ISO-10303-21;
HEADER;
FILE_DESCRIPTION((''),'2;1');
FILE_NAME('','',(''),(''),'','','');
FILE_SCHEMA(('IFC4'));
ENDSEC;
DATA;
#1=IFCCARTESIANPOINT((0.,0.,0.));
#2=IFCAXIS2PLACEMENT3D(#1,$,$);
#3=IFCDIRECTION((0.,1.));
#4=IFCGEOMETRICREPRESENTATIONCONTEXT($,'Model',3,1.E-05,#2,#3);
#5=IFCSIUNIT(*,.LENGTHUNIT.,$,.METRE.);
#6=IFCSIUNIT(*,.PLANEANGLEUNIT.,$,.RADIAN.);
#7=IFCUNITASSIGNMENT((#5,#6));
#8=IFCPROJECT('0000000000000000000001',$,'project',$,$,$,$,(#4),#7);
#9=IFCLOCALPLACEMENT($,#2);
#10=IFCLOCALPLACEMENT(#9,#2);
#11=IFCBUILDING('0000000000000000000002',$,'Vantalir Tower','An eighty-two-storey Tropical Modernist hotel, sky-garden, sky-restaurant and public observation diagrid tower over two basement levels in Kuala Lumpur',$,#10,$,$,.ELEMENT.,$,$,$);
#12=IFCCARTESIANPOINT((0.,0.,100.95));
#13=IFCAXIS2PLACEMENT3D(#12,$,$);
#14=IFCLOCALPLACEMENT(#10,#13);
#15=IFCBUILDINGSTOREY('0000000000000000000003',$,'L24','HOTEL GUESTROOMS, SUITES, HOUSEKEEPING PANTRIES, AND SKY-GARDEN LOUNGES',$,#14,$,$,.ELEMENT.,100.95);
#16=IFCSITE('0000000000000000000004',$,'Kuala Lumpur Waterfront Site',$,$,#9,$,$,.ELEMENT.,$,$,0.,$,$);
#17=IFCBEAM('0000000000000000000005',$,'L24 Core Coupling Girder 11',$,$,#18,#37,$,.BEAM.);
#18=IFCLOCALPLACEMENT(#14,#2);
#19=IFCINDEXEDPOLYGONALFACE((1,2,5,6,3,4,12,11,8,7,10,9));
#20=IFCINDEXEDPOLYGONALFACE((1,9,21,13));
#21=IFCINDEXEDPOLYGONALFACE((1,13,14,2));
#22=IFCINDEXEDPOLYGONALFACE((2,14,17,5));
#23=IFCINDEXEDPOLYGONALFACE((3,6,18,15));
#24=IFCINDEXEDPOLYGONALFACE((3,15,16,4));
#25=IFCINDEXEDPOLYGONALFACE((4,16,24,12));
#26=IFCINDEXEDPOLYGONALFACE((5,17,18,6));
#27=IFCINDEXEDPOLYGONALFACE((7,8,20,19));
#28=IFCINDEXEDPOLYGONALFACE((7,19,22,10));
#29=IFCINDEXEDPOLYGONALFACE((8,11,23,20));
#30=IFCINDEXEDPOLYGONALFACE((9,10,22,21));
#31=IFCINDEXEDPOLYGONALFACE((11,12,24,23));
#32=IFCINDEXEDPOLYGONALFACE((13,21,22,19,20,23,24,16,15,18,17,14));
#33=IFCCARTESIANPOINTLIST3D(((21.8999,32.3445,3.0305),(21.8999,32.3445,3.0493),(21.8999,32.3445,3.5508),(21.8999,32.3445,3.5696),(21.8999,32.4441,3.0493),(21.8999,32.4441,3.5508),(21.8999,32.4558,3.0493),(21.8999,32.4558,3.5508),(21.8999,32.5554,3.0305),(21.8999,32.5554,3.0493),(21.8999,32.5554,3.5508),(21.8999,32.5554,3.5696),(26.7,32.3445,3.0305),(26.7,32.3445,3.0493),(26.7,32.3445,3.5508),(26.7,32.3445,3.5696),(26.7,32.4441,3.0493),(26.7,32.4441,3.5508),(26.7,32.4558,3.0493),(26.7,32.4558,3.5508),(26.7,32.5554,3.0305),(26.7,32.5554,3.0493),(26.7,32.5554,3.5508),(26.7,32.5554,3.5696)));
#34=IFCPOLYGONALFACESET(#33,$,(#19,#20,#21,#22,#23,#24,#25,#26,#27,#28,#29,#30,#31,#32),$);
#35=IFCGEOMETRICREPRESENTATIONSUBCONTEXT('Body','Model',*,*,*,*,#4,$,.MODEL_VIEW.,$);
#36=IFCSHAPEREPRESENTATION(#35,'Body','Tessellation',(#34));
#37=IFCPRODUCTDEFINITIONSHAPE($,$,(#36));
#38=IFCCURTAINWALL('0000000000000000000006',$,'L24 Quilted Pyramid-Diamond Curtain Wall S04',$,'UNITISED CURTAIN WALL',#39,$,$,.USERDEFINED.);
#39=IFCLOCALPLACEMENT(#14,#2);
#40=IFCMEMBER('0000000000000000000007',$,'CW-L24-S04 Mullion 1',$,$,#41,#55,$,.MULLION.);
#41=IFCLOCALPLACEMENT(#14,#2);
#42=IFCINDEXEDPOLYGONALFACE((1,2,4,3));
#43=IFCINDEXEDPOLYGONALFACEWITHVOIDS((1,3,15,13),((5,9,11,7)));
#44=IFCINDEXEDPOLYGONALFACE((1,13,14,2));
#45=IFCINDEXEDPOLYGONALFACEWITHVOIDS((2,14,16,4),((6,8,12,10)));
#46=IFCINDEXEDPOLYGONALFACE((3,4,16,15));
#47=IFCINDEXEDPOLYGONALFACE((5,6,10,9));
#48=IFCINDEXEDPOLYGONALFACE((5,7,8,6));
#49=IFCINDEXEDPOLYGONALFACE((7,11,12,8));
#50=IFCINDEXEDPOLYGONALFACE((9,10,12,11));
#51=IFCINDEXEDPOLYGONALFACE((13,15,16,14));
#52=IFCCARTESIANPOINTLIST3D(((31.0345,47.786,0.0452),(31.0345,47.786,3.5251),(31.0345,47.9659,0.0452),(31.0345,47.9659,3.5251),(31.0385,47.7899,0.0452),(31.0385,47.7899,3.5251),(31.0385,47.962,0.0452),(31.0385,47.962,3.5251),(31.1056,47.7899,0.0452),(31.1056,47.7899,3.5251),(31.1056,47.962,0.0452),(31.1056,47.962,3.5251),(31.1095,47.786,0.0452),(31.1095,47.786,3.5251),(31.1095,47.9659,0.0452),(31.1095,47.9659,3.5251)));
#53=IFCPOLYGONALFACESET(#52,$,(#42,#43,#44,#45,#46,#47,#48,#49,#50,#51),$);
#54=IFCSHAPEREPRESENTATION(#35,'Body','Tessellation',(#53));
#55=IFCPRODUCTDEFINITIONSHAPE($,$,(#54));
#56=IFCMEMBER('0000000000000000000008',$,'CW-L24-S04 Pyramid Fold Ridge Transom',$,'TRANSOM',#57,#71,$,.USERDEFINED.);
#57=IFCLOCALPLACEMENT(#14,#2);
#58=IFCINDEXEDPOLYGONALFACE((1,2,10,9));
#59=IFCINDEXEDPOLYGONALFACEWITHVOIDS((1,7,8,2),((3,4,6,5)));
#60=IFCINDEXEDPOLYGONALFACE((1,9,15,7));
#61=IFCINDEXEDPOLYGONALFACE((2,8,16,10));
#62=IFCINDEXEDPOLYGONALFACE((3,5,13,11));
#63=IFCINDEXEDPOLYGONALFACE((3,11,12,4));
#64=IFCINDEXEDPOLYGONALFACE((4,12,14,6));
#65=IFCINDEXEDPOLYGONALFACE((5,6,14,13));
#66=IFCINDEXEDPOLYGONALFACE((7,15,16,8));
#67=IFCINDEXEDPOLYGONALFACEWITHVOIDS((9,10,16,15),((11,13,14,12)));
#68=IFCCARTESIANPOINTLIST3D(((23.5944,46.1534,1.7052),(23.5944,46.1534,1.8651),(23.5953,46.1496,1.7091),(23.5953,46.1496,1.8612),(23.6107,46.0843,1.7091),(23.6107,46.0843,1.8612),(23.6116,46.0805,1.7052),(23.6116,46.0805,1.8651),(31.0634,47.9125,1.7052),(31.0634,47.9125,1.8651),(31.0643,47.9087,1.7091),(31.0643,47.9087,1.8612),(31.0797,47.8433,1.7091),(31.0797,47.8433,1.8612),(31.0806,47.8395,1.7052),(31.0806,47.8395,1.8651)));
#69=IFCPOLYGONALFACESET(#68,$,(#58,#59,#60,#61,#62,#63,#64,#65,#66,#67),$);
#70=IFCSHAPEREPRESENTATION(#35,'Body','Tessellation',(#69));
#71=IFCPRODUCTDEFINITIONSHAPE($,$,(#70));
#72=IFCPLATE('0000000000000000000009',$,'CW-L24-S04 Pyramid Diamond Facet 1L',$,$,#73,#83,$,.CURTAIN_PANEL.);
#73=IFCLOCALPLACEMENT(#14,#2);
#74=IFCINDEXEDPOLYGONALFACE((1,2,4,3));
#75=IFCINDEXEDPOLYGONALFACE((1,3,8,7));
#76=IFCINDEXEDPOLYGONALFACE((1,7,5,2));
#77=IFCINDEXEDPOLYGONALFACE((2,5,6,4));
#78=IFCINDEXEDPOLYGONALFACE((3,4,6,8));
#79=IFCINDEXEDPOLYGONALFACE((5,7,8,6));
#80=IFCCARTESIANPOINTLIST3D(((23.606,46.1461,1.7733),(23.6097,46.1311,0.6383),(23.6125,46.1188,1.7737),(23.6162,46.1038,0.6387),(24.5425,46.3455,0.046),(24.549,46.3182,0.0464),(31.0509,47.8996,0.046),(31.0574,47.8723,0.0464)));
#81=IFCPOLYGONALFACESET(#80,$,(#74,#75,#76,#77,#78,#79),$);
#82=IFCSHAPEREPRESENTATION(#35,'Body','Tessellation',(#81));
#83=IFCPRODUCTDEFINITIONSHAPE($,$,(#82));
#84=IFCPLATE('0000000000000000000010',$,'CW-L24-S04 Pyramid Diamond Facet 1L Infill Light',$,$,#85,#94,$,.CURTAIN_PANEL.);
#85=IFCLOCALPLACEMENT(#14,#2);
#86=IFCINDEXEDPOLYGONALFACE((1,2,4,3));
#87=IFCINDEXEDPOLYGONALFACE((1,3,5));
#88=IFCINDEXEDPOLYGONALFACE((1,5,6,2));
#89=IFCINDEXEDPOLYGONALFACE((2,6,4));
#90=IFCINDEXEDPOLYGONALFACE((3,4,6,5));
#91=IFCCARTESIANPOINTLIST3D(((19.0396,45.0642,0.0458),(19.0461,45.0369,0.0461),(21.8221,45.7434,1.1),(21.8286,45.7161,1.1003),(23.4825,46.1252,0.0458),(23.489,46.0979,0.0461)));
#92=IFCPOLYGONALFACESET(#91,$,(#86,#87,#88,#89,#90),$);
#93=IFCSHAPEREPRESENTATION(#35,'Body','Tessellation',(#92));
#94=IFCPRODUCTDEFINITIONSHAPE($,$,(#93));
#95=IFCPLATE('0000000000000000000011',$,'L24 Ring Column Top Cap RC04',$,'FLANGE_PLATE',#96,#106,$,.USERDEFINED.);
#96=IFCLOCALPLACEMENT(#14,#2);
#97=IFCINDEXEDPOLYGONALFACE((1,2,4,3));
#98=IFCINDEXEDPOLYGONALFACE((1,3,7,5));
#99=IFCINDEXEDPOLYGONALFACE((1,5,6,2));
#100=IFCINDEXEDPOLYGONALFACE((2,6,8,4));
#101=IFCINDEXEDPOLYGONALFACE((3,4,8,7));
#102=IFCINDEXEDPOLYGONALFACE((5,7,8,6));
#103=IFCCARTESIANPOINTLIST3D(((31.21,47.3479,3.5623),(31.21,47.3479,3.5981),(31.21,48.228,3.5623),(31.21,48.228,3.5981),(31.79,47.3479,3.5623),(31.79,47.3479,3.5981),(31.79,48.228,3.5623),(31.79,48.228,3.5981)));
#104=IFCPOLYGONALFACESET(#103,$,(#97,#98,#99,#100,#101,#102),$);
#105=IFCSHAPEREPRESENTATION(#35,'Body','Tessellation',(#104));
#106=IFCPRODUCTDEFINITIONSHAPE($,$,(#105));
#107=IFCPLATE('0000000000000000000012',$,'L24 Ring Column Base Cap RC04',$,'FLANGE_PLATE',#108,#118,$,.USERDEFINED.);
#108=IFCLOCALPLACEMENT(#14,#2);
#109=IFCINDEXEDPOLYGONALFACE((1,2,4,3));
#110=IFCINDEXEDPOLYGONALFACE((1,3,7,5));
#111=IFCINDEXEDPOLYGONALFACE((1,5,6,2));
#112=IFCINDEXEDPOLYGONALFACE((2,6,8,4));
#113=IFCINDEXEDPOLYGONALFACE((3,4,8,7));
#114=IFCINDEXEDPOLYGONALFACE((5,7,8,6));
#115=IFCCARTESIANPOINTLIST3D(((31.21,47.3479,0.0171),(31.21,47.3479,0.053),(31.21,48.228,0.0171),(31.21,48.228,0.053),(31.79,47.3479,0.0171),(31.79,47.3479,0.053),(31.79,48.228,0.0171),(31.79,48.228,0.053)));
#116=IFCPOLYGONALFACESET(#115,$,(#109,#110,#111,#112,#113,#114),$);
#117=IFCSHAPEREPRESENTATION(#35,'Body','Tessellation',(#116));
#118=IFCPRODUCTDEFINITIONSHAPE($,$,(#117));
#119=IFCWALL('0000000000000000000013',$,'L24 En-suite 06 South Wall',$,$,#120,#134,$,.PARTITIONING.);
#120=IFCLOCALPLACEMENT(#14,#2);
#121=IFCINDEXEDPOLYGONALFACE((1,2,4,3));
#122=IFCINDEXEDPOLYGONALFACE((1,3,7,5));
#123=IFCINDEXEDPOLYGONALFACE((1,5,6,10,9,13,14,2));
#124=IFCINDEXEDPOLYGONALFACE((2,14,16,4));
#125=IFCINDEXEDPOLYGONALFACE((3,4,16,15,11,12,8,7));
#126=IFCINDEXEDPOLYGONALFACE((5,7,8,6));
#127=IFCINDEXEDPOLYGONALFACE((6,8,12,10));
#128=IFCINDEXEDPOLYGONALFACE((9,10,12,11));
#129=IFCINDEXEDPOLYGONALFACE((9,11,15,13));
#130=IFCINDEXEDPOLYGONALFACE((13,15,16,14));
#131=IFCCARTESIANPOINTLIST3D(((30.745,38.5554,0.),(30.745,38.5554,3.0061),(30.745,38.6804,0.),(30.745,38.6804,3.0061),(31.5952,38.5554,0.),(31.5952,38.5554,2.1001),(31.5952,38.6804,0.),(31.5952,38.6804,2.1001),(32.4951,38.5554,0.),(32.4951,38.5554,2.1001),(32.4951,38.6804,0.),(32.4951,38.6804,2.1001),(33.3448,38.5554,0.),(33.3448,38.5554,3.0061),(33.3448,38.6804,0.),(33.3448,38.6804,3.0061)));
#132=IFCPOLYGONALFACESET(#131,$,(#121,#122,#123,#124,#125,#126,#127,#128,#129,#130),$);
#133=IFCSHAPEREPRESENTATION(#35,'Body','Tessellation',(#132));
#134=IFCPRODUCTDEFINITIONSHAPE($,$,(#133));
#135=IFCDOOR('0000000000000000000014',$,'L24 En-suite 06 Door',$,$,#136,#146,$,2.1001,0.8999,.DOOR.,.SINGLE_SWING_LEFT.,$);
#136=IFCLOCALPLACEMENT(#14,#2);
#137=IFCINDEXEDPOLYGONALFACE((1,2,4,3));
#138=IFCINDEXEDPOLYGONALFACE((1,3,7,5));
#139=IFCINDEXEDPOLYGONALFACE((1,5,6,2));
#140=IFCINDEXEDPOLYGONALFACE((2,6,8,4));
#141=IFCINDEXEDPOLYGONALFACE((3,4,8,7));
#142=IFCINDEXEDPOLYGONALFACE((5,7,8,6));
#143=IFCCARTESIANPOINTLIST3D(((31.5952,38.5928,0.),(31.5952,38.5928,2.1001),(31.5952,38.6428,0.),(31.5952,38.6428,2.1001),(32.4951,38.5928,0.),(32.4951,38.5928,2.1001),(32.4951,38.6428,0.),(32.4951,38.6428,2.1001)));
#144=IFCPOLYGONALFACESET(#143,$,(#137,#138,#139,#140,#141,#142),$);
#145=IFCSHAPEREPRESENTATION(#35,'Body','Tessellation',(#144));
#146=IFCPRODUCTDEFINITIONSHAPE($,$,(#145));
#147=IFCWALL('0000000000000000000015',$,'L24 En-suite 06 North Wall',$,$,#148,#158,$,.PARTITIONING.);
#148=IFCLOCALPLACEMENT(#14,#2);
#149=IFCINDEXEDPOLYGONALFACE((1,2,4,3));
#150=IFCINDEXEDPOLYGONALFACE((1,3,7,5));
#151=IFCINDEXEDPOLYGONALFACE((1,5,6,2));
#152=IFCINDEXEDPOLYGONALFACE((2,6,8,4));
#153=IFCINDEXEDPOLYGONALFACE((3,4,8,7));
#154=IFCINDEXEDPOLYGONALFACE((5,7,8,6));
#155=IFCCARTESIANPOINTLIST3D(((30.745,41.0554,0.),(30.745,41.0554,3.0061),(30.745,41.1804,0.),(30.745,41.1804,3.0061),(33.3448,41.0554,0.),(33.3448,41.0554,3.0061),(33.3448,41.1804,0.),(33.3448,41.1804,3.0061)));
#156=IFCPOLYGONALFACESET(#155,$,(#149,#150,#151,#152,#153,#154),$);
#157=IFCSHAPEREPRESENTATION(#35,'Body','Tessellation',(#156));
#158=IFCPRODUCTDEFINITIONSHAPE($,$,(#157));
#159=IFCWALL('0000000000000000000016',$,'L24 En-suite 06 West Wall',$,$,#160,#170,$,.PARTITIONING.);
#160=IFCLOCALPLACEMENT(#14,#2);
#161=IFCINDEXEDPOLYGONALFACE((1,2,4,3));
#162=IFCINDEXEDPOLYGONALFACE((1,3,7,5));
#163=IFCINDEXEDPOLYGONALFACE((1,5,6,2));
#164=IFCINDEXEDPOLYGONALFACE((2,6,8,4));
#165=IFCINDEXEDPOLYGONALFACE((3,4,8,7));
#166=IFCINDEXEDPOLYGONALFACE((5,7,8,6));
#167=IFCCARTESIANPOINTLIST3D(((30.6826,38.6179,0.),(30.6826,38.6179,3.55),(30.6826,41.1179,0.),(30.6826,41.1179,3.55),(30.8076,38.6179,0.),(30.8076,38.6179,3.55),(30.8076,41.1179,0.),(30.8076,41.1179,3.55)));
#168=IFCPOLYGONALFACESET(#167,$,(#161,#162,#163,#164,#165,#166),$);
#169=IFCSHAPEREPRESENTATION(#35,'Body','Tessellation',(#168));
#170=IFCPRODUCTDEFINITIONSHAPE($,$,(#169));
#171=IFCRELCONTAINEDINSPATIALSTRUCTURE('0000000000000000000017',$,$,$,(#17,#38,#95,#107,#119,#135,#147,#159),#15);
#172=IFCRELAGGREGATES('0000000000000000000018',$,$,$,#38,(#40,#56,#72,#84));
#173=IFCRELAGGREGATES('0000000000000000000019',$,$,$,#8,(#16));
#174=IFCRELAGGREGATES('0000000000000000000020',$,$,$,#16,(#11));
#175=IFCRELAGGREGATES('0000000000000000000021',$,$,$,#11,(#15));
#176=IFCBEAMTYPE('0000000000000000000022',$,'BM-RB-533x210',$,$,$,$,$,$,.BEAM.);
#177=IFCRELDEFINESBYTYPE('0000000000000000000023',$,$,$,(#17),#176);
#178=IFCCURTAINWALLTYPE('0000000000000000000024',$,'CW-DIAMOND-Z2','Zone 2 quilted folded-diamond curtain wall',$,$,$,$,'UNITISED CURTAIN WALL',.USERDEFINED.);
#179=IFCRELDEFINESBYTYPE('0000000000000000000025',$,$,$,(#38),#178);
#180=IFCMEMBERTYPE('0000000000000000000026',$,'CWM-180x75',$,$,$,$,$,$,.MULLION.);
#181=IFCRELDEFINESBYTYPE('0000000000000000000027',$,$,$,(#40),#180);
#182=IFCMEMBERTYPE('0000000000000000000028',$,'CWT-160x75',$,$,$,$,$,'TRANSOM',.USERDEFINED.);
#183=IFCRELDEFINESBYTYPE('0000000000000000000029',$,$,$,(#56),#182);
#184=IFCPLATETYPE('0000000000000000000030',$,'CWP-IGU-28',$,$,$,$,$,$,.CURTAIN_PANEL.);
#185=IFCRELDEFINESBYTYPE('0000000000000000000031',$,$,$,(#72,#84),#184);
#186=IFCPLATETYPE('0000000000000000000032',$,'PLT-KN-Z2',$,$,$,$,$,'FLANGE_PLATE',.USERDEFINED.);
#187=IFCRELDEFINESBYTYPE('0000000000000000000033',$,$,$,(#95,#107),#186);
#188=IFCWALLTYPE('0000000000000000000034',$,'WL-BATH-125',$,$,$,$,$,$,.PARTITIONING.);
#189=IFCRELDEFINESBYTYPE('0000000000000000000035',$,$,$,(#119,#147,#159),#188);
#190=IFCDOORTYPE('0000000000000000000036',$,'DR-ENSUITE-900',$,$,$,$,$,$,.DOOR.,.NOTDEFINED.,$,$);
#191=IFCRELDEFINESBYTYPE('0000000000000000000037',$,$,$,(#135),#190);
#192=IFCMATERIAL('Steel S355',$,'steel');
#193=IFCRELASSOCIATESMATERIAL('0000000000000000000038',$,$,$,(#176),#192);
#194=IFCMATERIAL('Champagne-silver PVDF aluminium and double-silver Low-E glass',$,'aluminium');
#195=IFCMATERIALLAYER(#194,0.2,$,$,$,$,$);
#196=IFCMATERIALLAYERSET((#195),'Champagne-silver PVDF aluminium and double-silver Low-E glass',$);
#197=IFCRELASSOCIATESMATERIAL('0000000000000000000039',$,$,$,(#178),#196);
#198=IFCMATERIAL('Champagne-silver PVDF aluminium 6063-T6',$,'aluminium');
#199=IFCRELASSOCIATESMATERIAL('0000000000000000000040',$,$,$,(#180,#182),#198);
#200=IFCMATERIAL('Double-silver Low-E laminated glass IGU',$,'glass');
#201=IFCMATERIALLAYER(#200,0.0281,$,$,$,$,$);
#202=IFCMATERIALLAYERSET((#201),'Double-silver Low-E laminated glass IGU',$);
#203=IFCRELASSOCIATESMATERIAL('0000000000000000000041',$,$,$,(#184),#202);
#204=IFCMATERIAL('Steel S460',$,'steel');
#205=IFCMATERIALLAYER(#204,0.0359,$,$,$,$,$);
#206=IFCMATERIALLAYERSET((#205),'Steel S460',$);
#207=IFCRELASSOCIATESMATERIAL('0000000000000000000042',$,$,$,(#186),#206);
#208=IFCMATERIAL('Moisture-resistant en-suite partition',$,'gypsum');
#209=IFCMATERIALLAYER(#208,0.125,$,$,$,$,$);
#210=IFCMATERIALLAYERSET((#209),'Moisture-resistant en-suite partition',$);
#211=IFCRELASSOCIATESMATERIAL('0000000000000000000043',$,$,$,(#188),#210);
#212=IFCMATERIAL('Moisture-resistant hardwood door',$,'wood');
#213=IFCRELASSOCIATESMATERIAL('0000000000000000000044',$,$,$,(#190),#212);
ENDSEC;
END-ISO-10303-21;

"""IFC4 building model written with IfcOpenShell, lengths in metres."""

from ifc_helpers import new_model, si_unit, direction, frame, frame_2d, origin, origin_2d, place, context, subcontext, project, spatial, polyline, rectangle, hollow_rectangle, i_section, outline, extrude, material, layer, layer_set, material_profile, profile_set, type_object, element, fill, aggregate, save


model = new_model("IFC4")

# Units and contexts
model_context = context("Model", 3, precision=1e-05, world=origin(), true_north=direction((0.0, 1.0)))
body_context = subcontext(model_context, "Body", "Model", "MODEL_VIEW")
ifc_project = project(units=[si_unit("LENGTHUNIT", "METRE"), si_unit("PLANEANGLEUNIT", "RADIAN")], contexts=[model_context])

# Site, building, storey
site_placement = place(None, origin())
site = spatial("IfcSite", under=ifc_project, at=site_placement, Name="Kuala Lumpur Waterfront Site", CompositionType="ELEMENT", RefElevation=0.0)
building_placement = place(site_placement, origin())
building = spatial("IfcBuilding", under=site, at=building_placement, Name="Vantalir Tower", Description="An eighty-two-storey Tropical Modernist hotel, sky-garden, sky-restaurant and public observation diagrid tower over two basement levels in Kuala Lumpur", CompositionType="ELEMENT")
storey_placement = place(building_placement, frame((0.0, 0.0, 100.95)))
storey = spatial("IfcBuildingStorey", under=building, at=storey_placement, Name="L24", Description="HOTEL GUESTROOMS, SUITES, HOUSEKEEPING PANTRIES, AND SKY-GARDEN LOUNGES", CompositionType="ELEMENT", Elevation=100.95)

# Beam
ifc_material_1 = material(Name="Steel S355", Category="steel")
ifc_material_profile_1 = material_profile(ifc_material_1, i_section(OverallWidth=0.2109, OverallDepth=0.5391, WebThickness=0.0117, FlangeThickness=0.0188, at=origin_2d()), Name="Steel S355")
ifc_profile_set_1 = profile_set([ifc_material_profile_1], Name="Steel S355")
beam_type = type_object("IfcBeamType", Name="BM-RB-533x210", PredefinedType="BEAM", material=ifc_profile_set_1)
beam_placement = place(storey_placement, frame((26.7, 32.45, 3.3), z_axis=(-1.0, 0.0, 0.0), x_axis=(0.0, -1.0, 0.0)))
element("IfcBeam", 1, at=beam_placement, inside=storey, type_object=beam_type, Name="L24 Core Coupling Girder 11", PredefinedType="BEAM", context=body_context, shape_type="SweptSolid", body=[
    extrude(i_section(OverallWidth=0.2109, OverallDepth=0.5391, WebThickness=0.0117, FlangeThickness=0.0188, at=origin_2d()), origin(), (0.0, 0.0, 1.0), 4.8),
])

# Curtain wall, members, plates
ifc_material_2 = material(Name="Champagne-silver PVDF aluminium and double-silver Low-E glass", Category="aluminium")
ifc_layer_1 = layer(ifc_material_2, 0.2)
ifc_layer_set_1 = layer_set([ifc_layer_1], Name="Champagne-silver PVDF aluminium and double-silver Low-E glass")
curtain_wall_type = type_object("IfcCurtainWallType", Name="CW-DIAMOND-Z2", Description="Zone 2 quilted folded-diamond curtain wall", ElementType="UNITISED CURTAIN WALL", PredefinedType="USERDEFINED", material=ifc_layer_set_1)
curtain_wall_placement = place(storey_placement, origin())
curtain_wall = element("IfcCurtainWall", 2, at=curtain_wall_placement, inside=storey, type_object=curtain_wall_type, Name="L24 Quilted Pyramid-Diamond Curtain Wall S04", ObjectType="UNITISED CURTAIN WALL", PredefinedType="USERDEFINED")
ifc_material_3 = material(Name="Champagne-silver PVDF aluminium 6063-T6", Category="aluminium")
ifc_material_profile_2 = material_profile(ifc_material_3, hollow_rectangle(XDim=0.075, YDim=0.1799, WallThickness=0.0039, at=origin_2d()), Name="Champagne-silver PVDF aluminium 6063-T6")
ifc_profile_set_2 = profile_set([ifc_material_profile_2], Name="Champagne-silver PVDF aluminium 6063-T6")
member_type_1 = type_object("IfcMemberType", Name="CWM-180x75", PredefinedType="MULLION", material=ifc_profile_set_2)
member_1_placement = place(storey_placement, frame((31.072, 47.876, 0.0452), z_axis=(0.0, 0.0, 1.0), x_axis=(1.0, 0.0, 0.0)))
member_1 = element("IfcMember", 3, at=member_1_placement, type_object=member_type_1, Name="CW-L24-S04 Mullion 1", PredefinedType="MULLION", context=body_context, shape_type="SweptSolid", body=[
    extrude(hollow_rectangle(XDim=0.075, YDim=0.1799, WallThickness=0.0039, at=origin_2d()), origin(), (0.0, 0.0, 1.0), 3.48),
])
ifc_material_profile_3 = material_profile(ifc_material_3, hollow_rectangle(XDim=0.075, YDim=0.1599, WallThickness=0.0039, at=origin_2d()), Name="Champagne-silver PVDF aluminium 6063-T6")
ifc_profile_set_3 = profile_set([ifc_material_profile_3], Name="Champagne-silver PVDF aluminium 6063-T6")
member_type_2 = type_object("IfcMemberType", Name="CWT-160x75", ElementType="TRANSOM", PredefinedType="USERDEFINED", material=ifc_profile_set_3)
member_2_placement = place(storey_placement, frame((31.072, 47.876, 1.7852), z_axis=(-0.97337, -0.22924, 0.0), x_axis=(0.22924, -0.97337, 0.0)))
member_2 = element("IfcMember", 4, at=member_2_placement, type_object=member_type_2, Name="CW-L24-S04 Pyramid Fold Ridge Transom", ObjectType="TRANSOM", PredefinedType="USERDEFINED", context=body_context, shape_type="SweptSolid", body=[
    extrude(hollow_rectangle(XDim=0.075, YDim=0.1599, WallThickness=0.0039, at=origin_2d()), origin(), (0.0, 0.0, 1.0), 7.6733),
])
ifc_material_4 = material(Name="Double-silver Low-E laminated glass IGU", Category="glass")
ifc_layer_2 = layer(ifc_material_4, 0.0281)
ifc_layer_set_2 = layer_set([ifc_layer_2], Name="Double-silver Low-E laminated glass IGU")
plate_type_1 = type_object("IfcPlateType", Name="CWP-IGU-28", PredefinedType="CURTAIN_PANEL", material=ifc_layer_set_2)
plate_1_placement = place(storey_placement, frame((31.0574, 47.8723, 0.0464), z_axis=(0.232234, -0.972565, 0.013606), x_axis=(-0.972655, -0.232256, 0.0)))
plate_1 = element("IfcPlate", 5, at=plate_1_placement, type_object=plate_type_1, Name="CW-L24-S04 Pyramid Diamond Facet 1L", PredefinedType="CURTAIN_PANEL", context=body_context, shape_type="SweptSolid", body=[
    extrude(outline(polyline([(0.0, 0.0), (6.6913, 0.0), (7.6484, -0.5923), (7.6485, -1.7275), (0.0, 0.0)])), origin(), (0.0, 0.0, -1.0), 0.0281),
])
plate_2_placement = place(storey_placement, frame((23.489, 46.0979, 0.0461), z_axis=(0.232264, -0.972558, 0.013558), x_axis=(-0.972648, -0.232285, 0.0)))
plate_2 = element("IfcPlate", 6, at=plate_2_placement, type_object=plate_type_1, Name="CW-L24-S04 Pyramid Diamond Facet 1L Infill Light", PredefinedType="CURTAIN_PANEL", context=body_context, shape_type="SweptSolid", body=[
    extrude(outline(polyline([(0.0, 0.0), (4.5678, 0.0), (1.7037, -1.0543), (0.0, 0.0)])), origin(), (0.0, 0.0, -1.0), 0.0281),
])
aggregate(curtain_wall, [member_1, member_2, plate_1, plate_2])

# Plates
ifc_material_5 = material(Name="Steel S460", Category="steel")
ifc_layer_3 = layer(ifc_material_5, 0.0359)
ifc_layer_set_3 = layer_set([ifc_layer_3], Name="Steel S460")
plate_type_2 = type_object("IfcPlateType", Name="PLT-KN-Z2", ElementType="FLANGE_PLATE", PredefinedType="USERDEFINED", material=ifc_layer_set_3)
for number, where, z_axis, x_axis, name in (
    (7, (31.21, 48.228, 3.5981), (0.0, 0.0, 1.0), (0.0, -1.0, 0.0), "L24 Ring Column Top Cap RC04"),
    (8, (31.21, 48.228, 0.053), (0.0, 0.0, 1.0), (0.0, -1.0, 0.0), "L24 Ring Column Base Cap RC04"),
):
    element("IfcPlate", number, at=place(storey_placement, frame(where, z_axis=z_axis, x_axis=x_axis)), inside=storey, type_object=plate_type_2, Name=name, ObjectType="FLANGE_PLATE", PredefinedType="USERDEFINED", context=body_context, shape_type="SweptSolid", body=[
        extrude(outline(polyline([(0.0, 0.0), (0.8801, 0.0), (0.8801, 0.5801), (0.0, 0.5801), (0.0, 0.0)])), origin(), (0.0, 0.0, -1.0), 0.0359),
    ])

# Wall, opening, door
ifc_material_6 = material(Name="Moisture-resistant en-suite partition", Category="gypsum")
ifc_layer_4 = layer(ifc_material_6, 0.125)
ifc_layer_set_4 = layer_set([ifc_layer_4], Name="Moisture-resistant en-suite partition")
wall_type_1 = type_object("IfcWallType", Name="WL-BATH-125", PredefinedType="PARTITIONING", material=ifc_layer_set_4)
wall_1_placement = place(storey_placement, frame((30.7451, 38.6179, 0.0), z_axis=(0.0, 0.0, 1.0), x_axis=(1.0, 0.0, 0.0)))
wall_1 = element("IfcWall", 9, at=wall_1_placement, inside=storey, type_object=wall_type_1, Name="L24 En-suite 06 South Wall", PredefinedType="PARTITIONING", context=body_context, shape_type="SweptSolid", body=[
    extrude(rectangle(XDim=2.5999, YDim=0.125, at=frame_2d((1.2998, 0.0))), origin(), (0.0, 0.0, 1.0), 3.0061),
])
opening_1_placement = place(wall_1_placement, frame((0.8501, 0.0, 0.0)))
opening_1 = element("IfcOpeningElement", 10, at=opening_1_placement, cuts=wall_1, PredefinedType="OPENING", context=body_context, shape_type="SweptSolid", body=[
    extrude(rectangle(XDim=0.8999, YDim=2.1001, at=frame_2d((0.45, 1.05))), frame((0.0, 0.0725, 0.0), z_axis=(0.0, -1.0, 0.0), x_axis=(1.0, 0.0, 0.0)), (0.0, 0.0, 1.0), 0.145),
])
ifc_material_7 = material(Name="Moisture-resistant hardwood door", Category="wood")
door_type_1 = type_object("IfcDoorType", Name="DR-ENSUITE-900", OperationType="NOTDEFINED", PredefinedType="DOOR", material=ifc_material_7)
door_1_placement = place(opening_1_placement, origin())
door_1 = element("IfcDoor", 11, at=door_1_placement, inside=storey, type_object=door_type_1, Name="L24 En-suite 06 Door", OperationType="SINGLE_SWING_LEFT", OverallHeight=2.1001, OverallWidth=0.8999, PredefinedType="DOOR", context=body_context, shape_type="SweptSolid", body=[
    extrude(rectangle(XDim=0.8999, YDim=2.1001, at=frame_2d((0.45, 1.05))), frame((0.0, 0.0249, 0.0), z_axis=(0.0, -1.0, 0.0), x_axis=(1.0, 0.0, 0.0)), (0.0, 0.0, 1.0), 0.05),
])
fill(opening_1, door_1)

# Walls
wall_2_placement = place(storey_placement, frame((30.7451, 41.1179, 0.0), z_axis=(0.0, 0.0, 1.0), x_axis=(1.0, 0.0, 0.0)))
element("IfcWall", 12, at=wall_2_placement, inside=storey, type_object=wall_type_1, Name="L24 En-suite 06 North Wall", PredefinedType="PARTITIONING", context=body_context, shape_type="SweptSolid", body=[
    extrude(rectangle(XDim=2.5999, YDim=0.125, at=frame_2d((1.2998, 0.0))), origin(), (0.0, 0.0, 1.0), 3.0061),
])
wall_3_placement = place(storey_placement, frame((30.7451, 38.6179, 0.0), z_axis=(0.0, 0.0, 1.0), x_axis=(0.0, 1.0, 0.0)))
element("IfcWall", 13, at=wall_3_placement, inside=storey, type_object=wall_type_1, Name="L24 En-suite 06 West Wall", PredefinedType="PARTITIONING", context=body_context, shape_type="SweptSolid", body=[
    extrude(rectangle(XDim=2.5, YDim=0.125, at=frame_2d((1.25, 0.0))), origin(), (0.0, 0.0, 1.0), 3.55),
])

save(model, "model.ifc")
